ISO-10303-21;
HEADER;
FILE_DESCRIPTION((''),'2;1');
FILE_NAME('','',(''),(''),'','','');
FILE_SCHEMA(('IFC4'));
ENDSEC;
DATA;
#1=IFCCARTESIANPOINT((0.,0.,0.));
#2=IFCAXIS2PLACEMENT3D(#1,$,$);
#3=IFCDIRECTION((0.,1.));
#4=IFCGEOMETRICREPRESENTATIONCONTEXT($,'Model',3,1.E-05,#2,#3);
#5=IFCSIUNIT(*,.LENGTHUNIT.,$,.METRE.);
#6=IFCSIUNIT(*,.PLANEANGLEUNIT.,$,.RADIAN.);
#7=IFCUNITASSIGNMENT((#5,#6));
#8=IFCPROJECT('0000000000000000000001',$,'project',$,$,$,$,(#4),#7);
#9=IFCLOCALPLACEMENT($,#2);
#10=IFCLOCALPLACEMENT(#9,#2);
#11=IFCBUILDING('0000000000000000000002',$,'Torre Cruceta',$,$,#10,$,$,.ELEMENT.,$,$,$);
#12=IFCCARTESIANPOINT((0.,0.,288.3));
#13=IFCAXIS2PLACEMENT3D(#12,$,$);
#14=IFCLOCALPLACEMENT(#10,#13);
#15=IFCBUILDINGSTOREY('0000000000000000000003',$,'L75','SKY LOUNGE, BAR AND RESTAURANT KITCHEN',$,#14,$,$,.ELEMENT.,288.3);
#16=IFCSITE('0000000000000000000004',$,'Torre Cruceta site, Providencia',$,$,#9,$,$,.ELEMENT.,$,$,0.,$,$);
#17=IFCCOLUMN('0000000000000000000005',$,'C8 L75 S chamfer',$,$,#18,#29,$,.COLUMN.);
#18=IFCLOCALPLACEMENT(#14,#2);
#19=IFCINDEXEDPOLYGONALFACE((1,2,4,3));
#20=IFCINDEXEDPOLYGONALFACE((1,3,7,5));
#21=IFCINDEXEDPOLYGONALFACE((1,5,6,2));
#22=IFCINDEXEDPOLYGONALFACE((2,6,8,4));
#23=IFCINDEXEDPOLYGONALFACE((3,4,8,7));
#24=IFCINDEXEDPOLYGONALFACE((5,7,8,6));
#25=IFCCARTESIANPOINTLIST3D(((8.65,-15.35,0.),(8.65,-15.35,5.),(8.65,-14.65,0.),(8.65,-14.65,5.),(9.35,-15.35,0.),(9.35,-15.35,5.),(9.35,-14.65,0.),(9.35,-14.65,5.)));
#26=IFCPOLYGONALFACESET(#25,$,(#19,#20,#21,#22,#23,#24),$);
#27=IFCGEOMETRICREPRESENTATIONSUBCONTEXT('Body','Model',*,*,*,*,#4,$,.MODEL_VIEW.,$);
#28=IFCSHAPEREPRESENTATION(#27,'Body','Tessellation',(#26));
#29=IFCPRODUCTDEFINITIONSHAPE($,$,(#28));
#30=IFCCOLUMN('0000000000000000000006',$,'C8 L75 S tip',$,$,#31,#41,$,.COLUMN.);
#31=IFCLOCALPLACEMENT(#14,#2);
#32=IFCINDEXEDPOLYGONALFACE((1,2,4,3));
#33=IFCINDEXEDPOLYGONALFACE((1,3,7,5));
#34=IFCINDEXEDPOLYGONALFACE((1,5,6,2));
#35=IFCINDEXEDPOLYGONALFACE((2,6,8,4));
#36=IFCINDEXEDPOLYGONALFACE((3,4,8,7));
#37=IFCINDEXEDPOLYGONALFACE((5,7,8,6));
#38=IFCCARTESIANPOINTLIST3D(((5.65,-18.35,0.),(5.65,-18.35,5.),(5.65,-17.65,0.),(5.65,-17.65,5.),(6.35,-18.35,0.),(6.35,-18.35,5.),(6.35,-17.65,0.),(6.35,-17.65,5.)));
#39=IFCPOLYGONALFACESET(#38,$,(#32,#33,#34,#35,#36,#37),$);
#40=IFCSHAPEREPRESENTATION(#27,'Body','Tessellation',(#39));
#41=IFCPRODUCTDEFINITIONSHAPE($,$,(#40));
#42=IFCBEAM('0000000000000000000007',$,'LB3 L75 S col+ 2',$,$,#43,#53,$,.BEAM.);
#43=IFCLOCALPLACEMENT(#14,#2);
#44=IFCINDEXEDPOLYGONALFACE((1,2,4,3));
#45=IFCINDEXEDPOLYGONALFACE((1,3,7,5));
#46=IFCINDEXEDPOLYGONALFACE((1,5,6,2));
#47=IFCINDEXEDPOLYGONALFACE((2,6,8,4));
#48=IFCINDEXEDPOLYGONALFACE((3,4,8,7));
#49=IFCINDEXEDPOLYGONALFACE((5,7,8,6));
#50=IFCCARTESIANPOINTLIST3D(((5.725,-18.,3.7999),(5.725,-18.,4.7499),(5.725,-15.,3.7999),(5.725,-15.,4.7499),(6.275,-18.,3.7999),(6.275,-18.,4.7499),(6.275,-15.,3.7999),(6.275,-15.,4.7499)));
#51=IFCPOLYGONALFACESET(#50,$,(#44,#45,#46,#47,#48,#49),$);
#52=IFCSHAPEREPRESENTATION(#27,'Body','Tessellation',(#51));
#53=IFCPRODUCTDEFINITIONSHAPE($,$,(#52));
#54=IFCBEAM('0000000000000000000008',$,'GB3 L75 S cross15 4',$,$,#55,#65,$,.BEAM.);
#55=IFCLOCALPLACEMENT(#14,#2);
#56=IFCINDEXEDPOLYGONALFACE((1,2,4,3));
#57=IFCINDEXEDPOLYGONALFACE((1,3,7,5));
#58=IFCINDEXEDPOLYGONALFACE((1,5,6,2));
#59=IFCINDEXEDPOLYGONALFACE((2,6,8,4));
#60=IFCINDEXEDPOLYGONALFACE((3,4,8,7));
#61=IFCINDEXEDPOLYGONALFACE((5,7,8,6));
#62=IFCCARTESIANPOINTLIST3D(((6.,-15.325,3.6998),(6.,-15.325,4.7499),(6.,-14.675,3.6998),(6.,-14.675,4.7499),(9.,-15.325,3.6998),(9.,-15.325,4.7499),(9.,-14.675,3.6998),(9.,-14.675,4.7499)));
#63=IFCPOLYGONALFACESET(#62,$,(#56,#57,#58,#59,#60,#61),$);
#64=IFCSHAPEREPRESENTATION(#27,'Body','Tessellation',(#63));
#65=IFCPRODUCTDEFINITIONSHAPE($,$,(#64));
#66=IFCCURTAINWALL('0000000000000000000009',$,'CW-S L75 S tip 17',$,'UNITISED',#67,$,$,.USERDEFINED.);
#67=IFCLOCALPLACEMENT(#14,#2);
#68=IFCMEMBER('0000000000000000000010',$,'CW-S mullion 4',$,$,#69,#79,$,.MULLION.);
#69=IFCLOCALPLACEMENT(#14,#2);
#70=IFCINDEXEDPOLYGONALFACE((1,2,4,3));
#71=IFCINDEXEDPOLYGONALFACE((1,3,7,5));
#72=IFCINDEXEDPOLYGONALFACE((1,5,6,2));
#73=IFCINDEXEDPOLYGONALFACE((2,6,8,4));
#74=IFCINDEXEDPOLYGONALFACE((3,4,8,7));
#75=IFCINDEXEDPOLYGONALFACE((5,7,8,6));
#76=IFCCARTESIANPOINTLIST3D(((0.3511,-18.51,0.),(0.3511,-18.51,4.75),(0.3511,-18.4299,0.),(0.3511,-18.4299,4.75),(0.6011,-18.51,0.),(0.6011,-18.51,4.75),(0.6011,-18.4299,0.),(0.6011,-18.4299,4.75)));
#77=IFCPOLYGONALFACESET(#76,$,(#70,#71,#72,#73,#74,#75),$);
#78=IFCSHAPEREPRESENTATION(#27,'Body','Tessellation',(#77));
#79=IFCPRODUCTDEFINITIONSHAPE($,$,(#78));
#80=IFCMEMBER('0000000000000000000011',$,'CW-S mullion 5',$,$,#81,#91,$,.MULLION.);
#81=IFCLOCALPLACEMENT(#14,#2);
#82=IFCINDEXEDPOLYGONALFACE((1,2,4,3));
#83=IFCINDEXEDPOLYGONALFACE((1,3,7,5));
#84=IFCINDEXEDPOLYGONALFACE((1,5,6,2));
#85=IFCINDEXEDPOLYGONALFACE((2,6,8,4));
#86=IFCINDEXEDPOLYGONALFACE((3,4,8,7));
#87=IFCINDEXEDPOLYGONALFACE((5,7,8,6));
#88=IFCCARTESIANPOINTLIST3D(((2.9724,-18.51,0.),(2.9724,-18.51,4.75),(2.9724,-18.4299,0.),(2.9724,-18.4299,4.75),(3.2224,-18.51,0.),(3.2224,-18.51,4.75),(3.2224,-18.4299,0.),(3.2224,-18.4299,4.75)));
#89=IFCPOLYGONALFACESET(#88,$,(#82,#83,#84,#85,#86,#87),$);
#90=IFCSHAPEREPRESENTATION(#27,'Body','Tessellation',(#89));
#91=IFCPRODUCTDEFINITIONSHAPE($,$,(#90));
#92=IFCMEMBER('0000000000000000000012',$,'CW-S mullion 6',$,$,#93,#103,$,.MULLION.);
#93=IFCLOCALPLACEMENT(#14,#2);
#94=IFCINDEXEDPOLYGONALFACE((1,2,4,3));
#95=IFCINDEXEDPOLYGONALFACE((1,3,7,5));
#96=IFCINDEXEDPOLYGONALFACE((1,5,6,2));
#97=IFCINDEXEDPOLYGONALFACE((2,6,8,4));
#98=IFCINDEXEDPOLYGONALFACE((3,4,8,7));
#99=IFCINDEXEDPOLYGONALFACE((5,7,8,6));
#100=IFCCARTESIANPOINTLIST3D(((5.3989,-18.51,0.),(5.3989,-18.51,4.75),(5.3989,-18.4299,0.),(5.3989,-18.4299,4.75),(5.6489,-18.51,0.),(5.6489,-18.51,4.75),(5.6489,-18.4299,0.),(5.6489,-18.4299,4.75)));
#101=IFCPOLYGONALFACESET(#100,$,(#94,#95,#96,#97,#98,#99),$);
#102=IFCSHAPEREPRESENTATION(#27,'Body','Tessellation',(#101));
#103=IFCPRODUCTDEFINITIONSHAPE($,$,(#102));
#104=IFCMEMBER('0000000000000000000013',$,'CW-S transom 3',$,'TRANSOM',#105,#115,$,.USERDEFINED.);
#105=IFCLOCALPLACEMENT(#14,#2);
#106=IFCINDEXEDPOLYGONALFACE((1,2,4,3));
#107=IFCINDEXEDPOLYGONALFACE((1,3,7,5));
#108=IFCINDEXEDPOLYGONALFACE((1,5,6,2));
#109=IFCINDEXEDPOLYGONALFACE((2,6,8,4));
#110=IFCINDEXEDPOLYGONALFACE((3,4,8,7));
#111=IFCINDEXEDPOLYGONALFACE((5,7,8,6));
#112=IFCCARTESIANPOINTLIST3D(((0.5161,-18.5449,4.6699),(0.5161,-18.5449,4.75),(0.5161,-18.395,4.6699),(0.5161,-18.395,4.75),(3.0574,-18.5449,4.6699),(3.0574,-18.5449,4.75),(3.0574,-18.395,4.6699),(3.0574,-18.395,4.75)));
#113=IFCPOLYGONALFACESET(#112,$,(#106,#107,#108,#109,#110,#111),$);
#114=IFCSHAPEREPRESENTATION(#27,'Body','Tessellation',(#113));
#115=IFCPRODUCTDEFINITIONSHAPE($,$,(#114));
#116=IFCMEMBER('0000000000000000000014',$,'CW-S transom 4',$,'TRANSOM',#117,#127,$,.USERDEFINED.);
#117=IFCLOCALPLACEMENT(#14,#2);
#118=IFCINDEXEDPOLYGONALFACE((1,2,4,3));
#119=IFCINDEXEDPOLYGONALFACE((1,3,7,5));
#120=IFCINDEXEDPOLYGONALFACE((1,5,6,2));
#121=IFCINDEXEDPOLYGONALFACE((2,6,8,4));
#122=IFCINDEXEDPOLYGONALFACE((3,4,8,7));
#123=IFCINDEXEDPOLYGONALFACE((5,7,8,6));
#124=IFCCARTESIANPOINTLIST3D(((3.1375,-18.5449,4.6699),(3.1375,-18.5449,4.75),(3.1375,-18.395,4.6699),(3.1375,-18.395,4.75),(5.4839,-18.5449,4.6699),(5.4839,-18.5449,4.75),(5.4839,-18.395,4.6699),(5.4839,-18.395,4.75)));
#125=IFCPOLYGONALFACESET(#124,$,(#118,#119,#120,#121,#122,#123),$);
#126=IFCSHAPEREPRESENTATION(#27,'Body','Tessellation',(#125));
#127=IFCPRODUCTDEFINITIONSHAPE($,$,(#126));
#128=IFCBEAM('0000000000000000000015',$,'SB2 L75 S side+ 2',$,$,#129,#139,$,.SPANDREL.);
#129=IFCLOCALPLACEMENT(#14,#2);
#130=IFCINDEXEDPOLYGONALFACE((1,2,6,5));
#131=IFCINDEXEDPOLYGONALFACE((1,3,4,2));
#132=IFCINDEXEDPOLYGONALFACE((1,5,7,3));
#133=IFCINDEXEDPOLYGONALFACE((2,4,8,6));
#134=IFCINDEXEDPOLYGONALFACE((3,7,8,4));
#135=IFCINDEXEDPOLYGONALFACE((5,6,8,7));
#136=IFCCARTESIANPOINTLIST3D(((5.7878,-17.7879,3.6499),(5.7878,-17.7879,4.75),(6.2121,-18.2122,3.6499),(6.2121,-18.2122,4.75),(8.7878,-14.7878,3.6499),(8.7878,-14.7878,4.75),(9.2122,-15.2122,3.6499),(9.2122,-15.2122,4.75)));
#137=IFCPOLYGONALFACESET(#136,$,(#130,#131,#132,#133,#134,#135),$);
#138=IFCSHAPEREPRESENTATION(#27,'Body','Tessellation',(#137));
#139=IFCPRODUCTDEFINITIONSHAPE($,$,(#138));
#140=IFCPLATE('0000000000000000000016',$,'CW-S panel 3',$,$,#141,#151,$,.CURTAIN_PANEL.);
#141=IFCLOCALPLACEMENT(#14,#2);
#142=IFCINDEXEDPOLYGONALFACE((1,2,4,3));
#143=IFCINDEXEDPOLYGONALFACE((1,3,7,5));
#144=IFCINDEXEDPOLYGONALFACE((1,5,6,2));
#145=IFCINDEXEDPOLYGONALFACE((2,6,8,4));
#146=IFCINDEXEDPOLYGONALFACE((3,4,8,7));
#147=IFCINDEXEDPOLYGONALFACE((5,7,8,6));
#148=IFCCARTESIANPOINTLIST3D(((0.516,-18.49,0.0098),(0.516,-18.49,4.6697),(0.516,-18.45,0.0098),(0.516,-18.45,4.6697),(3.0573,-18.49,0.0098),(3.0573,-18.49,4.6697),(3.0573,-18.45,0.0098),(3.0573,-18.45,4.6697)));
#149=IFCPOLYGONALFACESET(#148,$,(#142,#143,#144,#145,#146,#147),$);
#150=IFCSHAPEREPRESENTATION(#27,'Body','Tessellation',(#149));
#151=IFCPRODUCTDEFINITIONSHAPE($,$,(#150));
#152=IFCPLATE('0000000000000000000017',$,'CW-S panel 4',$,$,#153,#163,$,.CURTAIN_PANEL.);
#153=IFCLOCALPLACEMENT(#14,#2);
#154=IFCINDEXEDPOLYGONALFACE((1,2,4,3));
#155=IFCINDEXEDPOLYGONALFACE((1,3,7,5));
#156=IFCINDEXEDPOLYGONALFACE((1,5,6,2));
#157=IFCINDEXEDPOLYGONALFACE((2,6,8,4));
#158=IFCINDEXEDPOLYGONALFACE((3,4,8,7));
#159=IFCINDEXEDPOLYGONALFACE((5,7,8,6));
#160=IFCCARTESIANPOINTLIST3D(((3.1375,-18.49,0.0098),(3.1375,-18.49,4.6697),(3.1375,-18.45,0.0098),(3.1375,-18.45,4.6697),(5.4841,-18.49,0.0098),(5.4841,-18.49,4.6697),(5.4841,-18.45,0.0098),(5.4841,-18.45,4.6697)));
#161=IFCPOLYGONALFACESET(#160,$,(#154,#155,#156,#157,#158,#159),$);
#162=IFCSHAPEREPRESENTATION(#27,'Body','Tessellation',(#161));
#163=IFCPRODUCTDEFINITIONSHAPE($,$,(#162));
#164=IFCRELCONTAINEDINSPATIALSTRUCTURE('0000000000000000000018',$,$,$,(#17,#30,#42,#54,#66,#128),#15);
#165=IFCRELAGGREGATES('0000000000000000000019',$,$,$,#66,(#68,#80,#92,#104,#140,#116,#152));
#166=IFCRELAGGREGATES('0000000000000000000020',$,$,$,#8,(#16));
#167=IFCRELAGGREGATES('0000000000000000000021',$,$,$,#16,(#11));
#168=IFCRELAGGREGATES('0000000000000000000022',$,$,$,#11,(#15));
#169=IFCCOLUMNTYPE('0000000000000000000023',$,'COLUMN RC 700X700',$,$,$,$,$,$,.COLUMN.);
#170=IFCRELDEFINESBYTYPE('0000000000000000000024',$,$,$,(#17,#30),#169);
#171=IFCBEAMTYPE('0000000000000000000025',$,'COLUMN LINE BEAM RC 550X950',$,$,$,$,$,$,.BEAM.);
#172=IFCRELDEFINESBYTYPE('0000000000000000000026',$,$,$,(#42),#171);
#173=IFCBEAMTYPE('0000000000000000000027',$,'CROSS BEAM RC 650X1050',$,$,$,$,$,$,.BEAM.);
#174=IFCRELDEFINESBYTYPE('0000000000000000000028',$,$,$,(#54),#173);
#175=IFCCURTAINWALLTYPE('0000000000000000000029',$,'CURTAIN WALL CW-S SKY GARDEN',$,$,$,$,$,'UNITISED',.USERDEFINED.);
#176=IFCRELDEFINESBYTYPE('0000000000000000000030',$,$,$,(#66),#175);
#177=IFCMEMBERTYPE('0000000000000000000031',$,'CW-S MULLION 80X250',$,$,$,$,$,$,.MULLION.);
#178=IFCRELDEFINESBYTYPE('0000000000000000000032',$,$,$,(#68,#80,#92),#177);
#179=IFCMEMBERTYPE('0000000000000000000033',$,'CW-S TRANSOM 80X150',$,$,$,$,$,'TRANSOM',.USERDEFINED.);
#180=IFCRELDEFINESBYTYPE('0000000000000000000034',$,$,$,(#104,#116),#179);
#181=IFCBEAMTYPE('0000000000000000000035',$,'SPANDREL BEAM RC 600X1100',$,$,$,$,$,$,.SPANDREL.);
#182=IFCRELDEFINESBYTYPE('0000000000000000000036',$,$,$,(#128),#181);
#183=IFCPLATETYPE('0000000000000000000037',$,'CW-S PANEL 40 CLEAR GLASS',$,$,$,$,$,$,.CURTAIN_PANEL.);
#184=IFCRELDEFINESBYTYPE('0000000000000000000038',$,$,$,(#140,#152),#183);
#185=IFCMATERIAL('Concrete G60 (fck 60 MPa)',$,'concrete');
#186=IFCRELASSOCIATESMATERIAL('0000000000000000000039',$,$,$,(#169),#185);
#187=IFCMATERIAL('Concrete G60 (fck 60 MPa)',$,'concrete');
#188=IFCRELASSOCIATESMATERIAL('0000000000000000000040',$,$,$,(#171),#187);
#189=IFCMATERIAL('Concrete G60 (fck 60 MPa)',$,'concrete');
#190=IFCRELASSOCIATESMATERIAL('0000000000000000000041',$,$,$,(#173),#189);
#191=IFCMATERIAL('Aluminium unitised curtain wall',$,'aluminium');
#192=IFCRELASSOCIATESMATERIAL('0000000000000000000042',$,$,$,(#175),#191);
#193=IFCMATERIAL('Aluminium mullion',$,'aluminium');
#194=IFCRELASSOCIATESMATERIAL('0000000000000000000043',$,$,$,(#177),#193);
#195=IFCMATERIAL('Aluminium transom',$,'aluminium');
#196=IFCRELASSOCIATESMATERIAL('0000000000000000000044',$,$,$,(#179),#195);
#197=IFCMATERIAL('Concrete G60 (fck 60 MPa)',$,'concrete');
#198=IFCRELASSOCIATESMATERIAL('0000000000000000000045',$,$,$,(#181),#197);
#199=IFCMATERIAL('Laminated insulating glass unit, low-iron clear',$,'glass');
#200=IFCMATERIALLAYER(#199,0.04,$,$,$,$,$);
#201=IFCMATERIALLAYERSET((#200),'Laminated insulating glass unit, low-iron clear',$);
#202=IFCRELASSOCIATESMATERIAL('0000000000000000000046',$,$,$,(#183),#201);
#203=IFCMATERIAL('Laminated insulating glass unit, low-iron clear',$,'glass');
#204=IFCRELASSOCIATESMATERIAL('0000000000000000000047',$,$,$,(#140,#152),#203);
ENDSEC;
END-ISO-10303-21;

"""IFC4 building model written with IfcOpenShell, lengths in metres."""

from ifc_helpers import new_model, si_unit, direction, frame, origin, origin_2d, place, context, subcontext, project, spatial, rectangle, extrude, material, layer, layer_set, material_profile, profile_set, type_object, element, aggregate, save


model = new_model("IFC4")

# Units and contexts
model_context = context("Model", 3, precision=1e-05, world=origin(), true_north=direction((0.0, 1.0)))
body_context = subcontext(model_context, "Body", "Model", "MODEL_VIEW")
ifc_project = project(units=[si_unit("LENGTHUNIT", "METRE"), si_unit("PLANEANGLEUNIT", "RADIAN")], contexts=[model_context])

# Site, building, storey
site_placement = place(None, origin())
site = spatial("IfcSite", under=ifc_project, at=site_placement, Name="Torre Cruceta site, Providencia", CompositionType="ELEMENT", RefElevation=0.0)
building_placement = place(site_placement, origin())
building = spatial("IfcBuilding", under=site, at=building_placement, Name="Torre Cruceta", CompositionType="ELEMENT")
storey_placement = place(building_placement, frame((0.0, 0.0, 288.3)))
storey = spatial("IfcBuildingStorey", under=building, at=storey_placement, Name="L75", Description="SKY LOUNGE, BAR AND RESTAURANT KITCHEN", CompositionType="ELEMENT", Elevation=288.3)

# Columns
ifc_material_1 = material(Name="Concrete G60 (fck 60 MPa)", Category="concrete")
ifc_material_profile_1 = material_profile(ifc_material_1, rectangle(XDim=0.7, YDim=0.7, at=origin_2d()), Name="RC 700X700")
ifc_profile_set_1 = profile_set([ifc_material_profile_1], Name="Concrete G60 (fck 60 MPa)")
column_type = type_object("IfcColumnType", Name="COLUMN RC 700X700", PredefinedType="COLUMN", material=ifc_profile_set_1)
for number, where, z_axis, x_axis, name in (
    (1, (9.0, -15.0, 0.0), (0.0, 0.0, 1.0), (1.0, 0.0, 0.0), "C8 L75 S chamfer"),
    (2, (6.0, -18.0, 0.0), (0.0, 0.0, 1.0), (1.0, 0.0, 0.0), "C8 L75 S tip"),
):
    element("IfcColumn", number, at=place(storey_placement, frame(where, z_axis=z_axis, x_axis=x_axis)), inside=storey, type_object=column_type, Name=name, PredefinedType="COLUMN", context=body_context, shape_type="SweptSolid", body=[
        extrude(rectangle(XDim=0.7, YDim=0.7, at=origin_2d()), origin(), (0.0, 0.0, 1.0), 5.0),
    ])

# Beams
ifc_material_2 = material(Name="Concrete G60 (fck 60 MPa)", Category="concrete")
ifc_material_profile_2 = material_profile(ifc_material_2, rectangle(XDim=0.55, YDim=0.95, at=origin_2d()), Name="RC 550X950")
ifc_profile_set_2 = profile_set([ifc_material_profile_2], Name="Concrete G60 (fck 60 MPa)")
beam_type_1 = type_object("IfcBeamType", Name="COLUMN LINE BEAM RC 550X950", PredefinedType="BEAM", material=ifc_profile_set_2)
beam_1_placement = place(storey_placement, frame((6.0, -15.0, 4.2749), z_axis=(0.0, -1.0, 0.0), x_axis=(1.0, 0.0, 0.0)))
element("IfcBeam", 3, at=beam_1_placement, inside=storey, type_object=beam_type_1, Name="LB3 L75 S col+ 2", PredefinedType="BEAM", context=body_context, shape_type="SweptSolid", body=[
    extrude(rectangle(XDim=0.55, YDim=0.95, at=origin_2d()), origin(), (0.0, 0.0, 1.0), 3.0),
])
ifc_material_3 = material(Name="Concrete G60 (fck 60 MPa)", Category="concrete")
ifc_material_profile_3 = material_profile(ifc_material_3, rectangle(XDim=0.6499, YDim=1.05, at=origin_2d()), Name="RC 650X1050")
ifc_profile_set_3 = profile_set([ifc_material_profile_3], Name="Concrete G60 (fck 60 MPa)")
beam_type_2 = type_object("IfcBeamType", Name="CROSS BEAM RC 650X1050", PredefinedType="BEAM", material=ifc_profile_set_3)
beam_2_placement = place(storey_placement, frame((6.0, -15.0, 4.2249), z_axis=(1.0, 0.0, 0.0), x_axis=(0.0, 1.0, 0.0)))
element("IfcBeam", 4, at=beam_2_placement, inside=storey, type_object=beam_type_2, Name="GB3 L75 S cross15 4", PredefinedType="BEAM", context=body_context, shape_type="SweptSolid", body=[
    extrude(rectangle(XDim=0.6499, YDim=1.05, at=origin_2d()), origin(), (0.0, 0.0, 1.0), 3.0),
])

# Curtain wall, members
ifc_material_4 = material(Name="Aluminium unitised curtain wall", Category="aluminium")
curtain_wall_type = type_object("IfcCurtainWallType", Name="CURTAIN WALL CW-S SKY GARDEN", ElementType="UNITISED", PredefinedType="USERDEFINED", material=ifc_material_4)
curtain_wall_placement = place(storey_placement, origin())
curtain_wall = element("IfcCurtainWall", 5, at=curtain_wall_placement, inside=storey, type_object=curtain_wall_type, Name="CW-S L75 S tip 17", ObjectType="UNITISED", PredefinedType="USERDEFINED")
ifc_material_5 = material(Name="Aluminium mullion", Category="aluminium")
ifc_material_profile_4 = material_profile(ifc_material_5, rectangle(XDim=0.0801, YDim=0.25, at=origin_2d()), Name="AL 80X250")
ifc_profile_set_4 = profile_set([ifc_material_profile_4], Name="Aluminium mullion")
member_type_1 = type_object("IfcMemberType", Name="CW-S MULLION 80X250", PredefinedType="MULLION", material=ifc_profile_set_4)
member_1_placement = place(storey_placement, frame((0.4761, -18.47, 0.0), z_axis=(0.0, 0.0, 1.0), x_axis=(0.0, 1.0, 0.0)))
member_1 = element("IfcMember", 6, at=member_1_placement, type_object=member_type_1, Name="CW-S mullion 4", PredefinedType="MULLION", context=body_context, shape_type="SweptSolid", body=[
    extrude(rectangle(XDim=0.0801, YDim=0.25, at=origin_2d()), origin(), (0.0, 0.0, 1.0), 4.75),
])
member_2_placement = place(storey_placement, frame((3.0974, -18.47, 0.0), z_axis=(0.0, 0.0, 1.0), x_axis=(0.0, 1.0, 0.0)))
member_2 = element("IfcMember", 7, at=member_2_placement, type_object=member_type_1, Name="CW-S mullion 5", PredefinedType="MULLION", context=body_context, shape_type="SweptSolid", body=[
    extrude(rectangle(XDim=0.0801, YDim=0.25, at=origin_2d()), origin(), (0.0, 0.0, 1.0), 4.75),
])
member_3_placement = place(storey_placement, frame((5.5239, -18.47, 0.0), z_axis=(0.0, 0.0, 1.0), x_axis=(0.0, 1.0, 0.0)))
member_3 = element("IfcMember", 8, at=member_3_placement, type_object=member_type_1, Name="CW-S mullion 6", PredefinedType="MULLION", context=body_context, shape_type="SweptSolid", body=[
    extrude(rectangle(XDim=0.0801, YDim=0.25, at=origin_2d()), origin(), (0.0, 0.0, 1.0), 4.75),
])
ifc_material_6 = material(Name="Aluminium transom", Category="aluminium")
ifc_material_profile_5 = material_profile(ifc_material_6, rectangle(XDim=0.1499, YDim=0.0801, at=origin_2d()), Name="AL 150X80")
ifc_profile_set_5 = profile_set([ifc_material_profile_5], Name="Aluminium transom")
member_type_2 = type_object("IfcMemberType", Name="CW-S TRANSOM 80X150", ElementType="TRANSOM", PredefinedType="USERDEFINED", material=ifc_profile_set_5)
member_4_placement = place(storey_placement, frame((0.5161, -18.47, 4.71), z_axis=(1.0, 0.0, 0.0), x_axis=(0.0, 1.0, 0.0)))
member_4 = element("IfcMember", 9, at=member_4_placement, type_object=member_type_2, Name="CW-S transom 3", ObjectType="TRANSOM", PredefinedType="USERDEFINED", context=body_context, shape_type="SweptSolid", body=[
    extrude(rectangle(XDim=0.1499, YDim=0.0801, at=origin_2d()), origin(), (0.0, 0.0, 1.0), 2.5413),
])
member_5_placement = place(storey_placement, frame((3.1375, -18.47, 4.71), z_axis=(1.0, 0.0, 0.0), x_axis=(0.0, 1.0, 0.0)))
member_5 = element("IfcMember", 10, at=member_5_placement, type_object=member_type_2, Name="CW-S transom 4", ObjectType="TRANSOM", PredefinedType="USERDEFINED", context=body_context, shape_type="SweptSolid", body=[
    extrude(rectangle(XDim=0.1499, YDim=0.0801, at=origin_2d()), origin(), (0.0, 0.0, 1.0), 2.3464),
])

# Beam
ifc_material_7 = material(Name="Concrete G60 (fck 60 MPa)", Category="concrete")
ifc_material_profile_6 = material_profile(ifc_material_7, rectangle(XDim=0.6001, YDim=1.1001, at=origin_2d()), Name="RC 600X1100")
ifc_profile_set_6 = profile_set([ifc_material_profile_6], Name="Concrete G60 (fck 60 MPa)")
beam_type_3 = type_object("IfcBeamType", Name="SPANDREL BEAM RC 600X1100", PredefinedType="SPANDREL", material=ifc_profile_set_6)
beam_3_placement = place(storey_placement, frame((9.0, -15.0, 4.2), z_axis=(-0.707107, -0.707107, 0.0), x_axis=(0.707107, -0.707107, 0.0)))
element("IfcBeam", 11, at=beam_3_placement, inside=storey, type_object=beam_type_3, Name="SB2 L75 S side+ 2", PredefinedType="SPANDREL", context=body_context, shape_type="SweptSolid", body=[
    extrude(rectangle(XDim=0.6001, YDim=1.1001, at=origin_2d()), origin(), (0.0, 0.0, 1.0), 4.2427),
])

# Plates
ifc_material_8 = material(Name="Laminated insulating glass unit, low-iron clear", Category="glass")
ifc_material_9 = material(Name="Laminated insulating glass unit, low-iron clear", Category="glass")
ifc_layer_1 = layer(ifc_material_9, 0.04)
ifc_layer_set_1 = layer_set([ifc_layer_1], Name="Laminated insulating glass unit, low-iron clear")
plate_type = type_object("IfcPlateType", Name="CW-S PANEL 40 CLEAR GLASS", PredefinedType="CURTAIN_PANEL", material=ifc_layer_set_1)
plate_1_placement = place(storey_placement, frame((1.7866, -18.47, 0.0098), z_axis=(0.0, 0.0, 1.0), x_axis=(1.0, 0.0, 0.0)))
plate_1 = element("IfcPlate", 12, at=plate_1_placement, type_object=plate_type, material=ifc_material_8, Name="CW-S panel 3", PredefinedType="CURTAIN_PANEL", context=body_context, shape_type="SweptSolid", body=[
    extrude(rectangle(XDim=2.5413, YDim=0.04, at=origin_2d()), origin(), (0.0, 0.0, 1.0), 4.6599),
])
plate_2_placement = place(storey_placement, frame((4.3108, -18.47, 0.0098), z_axis=(0.0, 0.0, 1.0), x_axis=(1.0, 0.0, 0.0)))
plate_2 = element("IfcPlate", 13, at=plate_2_placement, type_object=plate_type, material=ifc_material_8, Name="CW-S panel 4", PredefinedType="CURTAIN_PANEL", context=body_context, shape_type="SweptSolid", body=[
    extrude(rectangle(XDim=2.3467, YDim=0.04, at=origin_2d()), origin(), (0.0, 0.0, 1.0), 4.6599),
])
aggregate(curtain_wall, [member_1, member_2, member_3, member_4, plate_1, member_5, plate_2])

save(model, "model.ifc")
